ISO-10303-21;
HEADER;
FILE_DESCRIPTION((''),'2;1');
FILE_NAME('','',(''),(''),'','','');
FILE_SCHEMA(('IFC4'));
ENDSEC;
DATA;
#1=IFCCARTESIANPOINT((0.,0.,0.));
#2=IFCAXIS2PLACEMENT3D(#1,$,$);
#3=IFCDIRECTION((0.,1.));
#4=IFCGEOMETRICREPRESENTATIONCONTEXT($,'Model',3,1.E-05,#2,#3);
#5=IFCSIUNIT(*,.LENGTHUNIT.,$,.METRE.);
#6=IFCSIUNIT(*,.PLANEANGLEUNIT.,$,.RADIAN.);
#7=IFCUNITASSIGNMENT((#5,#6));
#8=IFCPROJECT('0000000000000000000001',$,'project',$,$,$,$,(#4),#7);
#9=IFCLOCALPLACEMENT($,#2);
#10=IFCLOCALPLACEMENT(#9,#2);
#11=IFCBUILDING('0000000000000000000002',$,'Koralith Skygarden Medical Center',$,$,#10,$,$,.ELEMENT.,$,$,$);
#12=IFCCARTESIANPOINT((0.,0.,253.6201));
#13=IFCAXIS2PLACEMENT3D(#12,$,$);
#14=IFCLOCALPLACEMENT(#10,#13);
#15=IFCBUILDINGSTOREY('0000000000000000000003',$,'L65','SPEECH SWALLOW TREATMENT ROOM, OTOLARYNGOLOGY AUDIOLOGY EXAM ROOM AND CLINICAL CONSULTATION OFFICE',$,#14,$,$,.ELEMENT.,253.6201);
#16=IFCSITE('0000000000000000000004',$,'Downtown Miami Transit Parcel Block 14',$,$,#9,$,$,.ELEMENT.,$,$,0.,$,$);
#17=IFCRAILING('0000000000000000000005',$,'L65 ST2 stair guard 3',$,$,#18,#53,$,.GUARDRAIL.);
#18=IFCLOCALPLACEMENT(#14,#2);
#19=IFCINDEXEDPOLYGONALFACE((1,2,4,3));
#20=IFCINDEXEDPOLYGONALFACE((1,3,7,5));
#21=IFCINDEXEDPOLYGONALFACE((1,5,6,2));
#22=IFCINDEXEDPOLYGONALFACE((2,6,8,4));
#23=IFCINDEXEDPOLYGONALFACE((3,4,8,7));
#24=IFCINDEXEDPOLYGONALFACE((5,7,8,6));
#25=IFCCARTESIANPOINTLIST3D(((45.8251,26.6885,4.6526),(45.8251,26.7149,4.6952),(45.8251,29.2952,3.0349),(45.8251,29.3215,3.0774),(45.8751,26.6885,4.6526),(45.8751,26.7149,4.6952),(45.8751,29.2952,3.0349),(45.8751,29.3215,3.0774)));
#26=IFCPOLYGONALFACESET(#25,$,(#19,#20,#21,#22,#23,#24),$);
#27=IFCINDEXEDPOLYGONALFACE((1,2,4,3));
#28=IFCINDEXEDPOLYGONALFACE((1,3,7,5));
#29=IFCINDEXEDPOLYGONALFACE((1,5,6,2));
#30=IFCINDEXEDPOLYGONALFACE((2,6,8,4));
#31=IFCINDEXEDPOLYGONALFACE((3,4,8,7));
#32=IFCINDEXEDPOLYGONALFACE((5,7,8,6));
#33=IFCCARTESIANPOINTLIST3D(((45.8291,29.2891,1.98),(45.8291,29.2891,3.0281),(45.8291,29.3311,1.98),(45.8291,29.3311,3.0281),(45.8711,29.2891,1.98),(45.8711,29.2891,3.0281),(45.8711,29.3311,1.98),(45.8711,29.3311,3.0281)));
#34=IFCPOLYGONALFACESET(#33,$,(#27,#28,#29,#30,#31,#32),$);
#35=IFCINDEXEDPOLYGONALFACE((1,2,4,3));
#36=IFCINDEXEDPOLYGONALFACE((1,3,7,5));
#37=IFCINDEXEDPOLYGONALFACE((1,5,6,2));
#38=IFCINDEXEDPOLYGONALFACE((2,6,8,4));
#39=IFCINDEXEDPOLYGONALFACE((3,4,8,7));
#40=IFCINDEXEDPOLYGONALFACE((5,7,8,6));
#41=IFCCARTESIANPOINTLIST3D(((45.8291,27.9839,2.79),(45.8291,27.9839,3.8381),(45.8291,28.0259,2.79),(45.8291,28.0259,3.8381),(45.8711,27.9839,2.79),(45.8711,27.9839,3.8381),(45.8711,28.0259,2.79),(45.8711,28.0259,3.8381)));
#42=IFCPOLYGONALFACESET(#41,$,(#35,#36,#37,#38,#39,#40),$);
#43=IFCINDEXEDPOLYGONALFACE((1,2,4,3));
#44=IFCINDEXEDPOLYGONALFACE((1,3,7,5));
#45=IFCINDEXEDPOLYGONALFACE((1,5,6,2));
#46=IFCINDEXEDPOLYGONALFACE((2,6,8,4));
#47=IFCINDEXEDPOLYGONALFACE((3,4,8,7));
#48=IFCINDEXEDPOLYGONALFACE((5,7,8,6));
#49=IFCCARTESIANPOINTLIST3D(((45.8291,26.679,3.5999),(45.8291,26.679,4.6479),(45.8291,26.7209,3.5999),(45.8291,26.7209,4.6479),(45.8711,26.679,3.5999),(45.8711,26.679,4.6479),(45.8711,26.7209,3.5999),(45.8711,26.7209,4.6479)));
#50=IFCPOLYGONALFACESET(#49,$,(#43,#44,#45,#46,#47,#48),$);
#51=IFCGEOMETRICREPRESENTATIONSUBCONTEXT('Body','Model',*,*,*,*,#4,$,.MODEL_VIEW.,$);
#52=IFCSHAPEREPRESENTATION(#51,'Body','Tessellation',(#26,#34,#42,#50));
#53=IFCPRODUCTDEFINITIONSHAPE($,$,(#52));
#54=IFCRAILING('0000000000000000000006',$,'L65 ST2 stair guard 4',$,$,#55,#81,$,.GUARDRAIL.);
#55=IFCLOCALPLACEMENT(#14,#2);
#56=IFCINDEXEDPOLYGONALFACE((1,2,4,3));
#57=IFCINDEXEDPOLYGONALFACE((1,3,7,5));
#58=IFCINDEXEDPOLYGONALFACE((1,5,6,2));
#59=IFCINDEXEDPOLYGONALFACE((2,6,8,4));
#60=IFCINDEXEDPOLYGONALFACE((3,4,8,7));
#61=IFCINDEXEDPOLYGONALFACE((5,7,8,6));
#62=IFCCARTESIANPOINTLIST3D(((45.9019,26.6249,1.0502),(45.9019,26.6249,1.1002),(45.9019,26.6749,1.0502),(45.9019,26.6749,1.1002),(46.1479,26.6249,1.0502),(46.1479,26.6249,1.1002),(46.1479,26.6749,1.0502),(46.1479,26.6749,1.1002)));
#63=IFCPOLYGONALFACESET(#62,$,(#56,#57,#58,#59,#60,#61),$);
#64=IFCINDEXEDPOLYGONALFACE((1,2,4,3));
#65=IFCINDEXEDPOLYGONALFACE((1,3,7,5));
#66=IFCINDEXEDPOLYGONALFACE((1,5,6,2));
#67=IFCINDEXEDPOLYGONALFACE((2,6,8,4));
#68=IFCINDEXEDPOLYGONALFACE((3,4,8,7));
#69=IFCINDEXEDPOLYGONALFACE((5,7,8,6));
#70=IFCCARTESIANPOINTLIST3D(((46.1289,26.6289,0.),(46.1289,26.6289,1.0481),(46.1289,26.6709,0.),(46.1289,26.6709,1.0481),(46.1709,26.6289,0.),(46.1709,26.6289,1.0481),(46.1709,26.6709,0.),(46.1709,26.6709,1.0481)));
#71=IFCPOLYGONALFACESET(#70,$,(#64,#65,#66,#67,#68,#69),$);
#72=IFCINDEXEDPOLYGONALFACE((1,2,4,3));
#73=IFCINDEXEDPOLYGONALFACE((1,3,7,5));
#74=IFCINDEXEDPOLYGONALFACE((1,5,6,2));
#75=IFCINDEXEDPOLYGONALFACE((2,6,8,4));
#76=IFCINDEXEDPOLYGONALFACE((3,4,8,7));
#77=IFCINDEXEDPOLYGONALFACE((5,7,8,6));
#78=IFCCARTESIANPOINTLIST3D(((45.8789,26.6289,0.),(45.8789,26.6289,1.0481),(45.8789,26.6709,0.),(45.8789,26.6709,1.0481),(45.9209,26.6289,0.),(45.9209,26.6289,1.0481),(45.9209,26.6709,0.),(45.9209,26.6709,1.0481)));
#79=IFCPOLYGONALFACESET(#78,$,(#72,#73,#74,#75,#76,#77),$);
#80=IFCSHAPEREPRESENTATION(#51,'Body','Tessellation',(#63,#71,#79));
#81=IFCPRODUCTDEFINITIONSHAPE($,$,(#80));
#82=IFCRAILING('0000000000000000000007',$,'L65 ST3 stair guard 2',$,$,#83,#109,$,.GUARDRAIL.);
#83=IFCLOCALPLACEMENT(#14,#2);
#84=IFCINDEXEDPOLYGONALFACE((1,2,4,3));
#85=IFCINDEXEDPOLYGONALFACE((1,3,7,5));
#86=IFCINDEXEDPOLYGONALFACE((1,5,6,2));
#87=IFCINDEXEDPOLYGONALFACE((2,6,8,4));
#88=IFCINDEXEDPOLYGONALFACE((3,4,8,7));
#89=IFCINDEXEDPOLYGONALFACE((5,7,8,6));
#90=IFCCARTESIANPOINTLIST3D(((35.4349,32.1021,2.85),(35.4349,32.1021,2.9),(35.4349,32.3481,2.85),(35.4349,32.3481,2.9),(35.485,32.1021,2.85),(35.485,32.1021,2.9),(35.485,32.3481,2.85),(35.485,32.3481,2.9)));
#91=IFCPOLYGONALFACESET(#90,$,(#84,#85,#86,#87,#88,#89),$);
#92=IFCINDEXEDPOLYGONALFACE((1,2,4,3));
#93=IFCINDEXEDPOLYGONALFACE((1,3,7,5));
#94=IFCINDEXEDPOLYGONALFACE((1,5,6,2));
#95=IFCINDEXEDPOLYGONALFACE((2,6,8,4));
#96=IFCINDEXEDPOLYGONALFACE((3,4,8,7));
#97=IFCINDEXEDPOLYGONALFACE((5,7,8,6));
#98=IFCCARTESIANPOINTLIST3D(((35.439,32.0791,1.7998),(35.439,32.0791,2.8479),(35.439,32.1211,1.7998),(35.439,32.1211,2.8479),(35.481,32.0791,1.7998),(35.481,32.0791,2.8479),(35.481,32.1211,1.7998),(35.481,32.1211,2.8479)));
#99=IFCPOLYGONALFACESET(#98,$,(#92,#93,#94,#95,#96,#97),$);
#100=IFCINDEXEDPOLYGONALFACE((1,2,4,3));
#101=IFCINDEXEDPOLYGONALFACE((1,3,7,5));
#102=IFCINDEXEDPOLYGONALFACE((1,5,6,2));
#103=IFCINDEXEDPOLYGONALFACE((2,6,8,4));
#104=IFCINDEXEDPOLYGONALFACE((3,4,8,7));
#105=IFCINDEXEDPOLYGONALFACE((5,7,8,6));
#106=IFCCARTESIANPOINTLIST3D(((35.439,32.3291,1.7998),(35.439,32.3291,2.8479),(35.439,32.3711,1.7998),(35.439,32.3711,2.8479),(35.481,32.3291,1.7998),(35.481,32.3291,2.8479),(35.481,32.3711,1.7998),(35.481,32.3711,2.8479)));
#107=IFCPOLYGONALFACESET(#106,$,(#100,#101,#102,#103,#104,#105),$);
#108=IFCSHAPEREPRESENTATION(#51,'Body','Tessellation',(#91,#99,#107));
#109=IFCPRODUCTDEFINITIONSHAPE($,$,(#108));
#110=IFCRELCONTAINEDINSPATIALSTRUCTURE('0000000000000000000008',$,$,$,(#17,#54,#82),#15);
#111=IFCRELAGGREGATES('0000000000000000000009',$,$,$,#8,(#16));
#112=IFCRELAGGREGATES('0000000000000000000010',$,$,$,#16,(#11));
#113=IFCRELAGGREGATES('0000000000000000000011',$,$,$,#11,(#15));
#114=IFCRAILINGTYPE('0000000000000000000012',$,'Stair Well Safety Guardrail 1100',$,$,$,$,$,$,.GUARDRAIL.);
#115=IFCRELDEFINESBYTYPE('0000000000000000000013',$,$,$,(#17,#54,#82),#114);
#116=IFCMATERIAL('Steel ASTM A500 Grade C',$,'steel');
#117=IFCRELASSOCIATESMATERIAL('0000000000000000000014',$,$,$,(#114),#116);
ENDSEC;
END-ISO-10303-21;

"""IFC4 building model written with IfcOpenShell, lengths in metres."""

from ifc_helpers import new_model, si_unit, direction, frame, origin, origin_2d, place, context, subcontext, project, spatial, rectangle, extrude, material, type_object, element, save


model = new_model("IFC4")

# Units and contexts
model_context = context("Model", 3, precision=1e-05, world=origin(), true_north=direction((0.0, 1.0)))
body_context = subcontext(model_context, "Body", "Model", "MODEL_VIEW")
ifc_project = project(units=[si_unit("LENGTHUNIT", "METRE"), si_unit("PLANEANGLEUNIT", "RADIAN")], contexts=[model_context])

# Site, building, storey
site_placement = place(None, origin())
site = spatial("IfcSite", under=ifc_project, at=site_placement, Name="Downtown Miami Transit Parcel Block 14", CompositionType="ELEMENT", RefElevation=0.0)
building_placement = place(site_placement, origin())
building = spatial("IfcBuilding", under=site, at=building_placement, Name="Koralith Skygarden Medical Center", CompositionType="ELEMENT")
storey_placement = place(building_placement, frame((0.0, 0.0, 253.6201)))
storey = spatial("IfcBuildingStorey", under=building, at=storey_placement, Name="L65", Description="SPEECH SWALLOW TREATMENT ROOM, OTOLARYNGOLOGY AUDIOLOGY EXAM ROOM AND CLINICAL CONSULTATION OFFICE", CompositionType="ELEMENT", Elevation=253.6201)

# Shared definitions
ifc_material_1 = material(Name="Steel ASTM A500 Grade C", Category="steel")

# Railings
railing_type_1 = type_object("IfcRailingType", Name="Stair Well Safety Guardrail 1100", PredefinedType="GUARDRAIL", material=ifc_material_1)
railing_1_placement = place(storey_placement, frame((45.8501, 29.3101, 1.98)))
element("IfcRailing", 1, at=railing_1_placement, inside=storey, type_object=railing_type_1, Name="L65 ST2 stair guard 3", PredefinedType="GUARDRAIL", context=body_context, shape_type="SweptSolid", body=[
    extrude(rectangle(XDim=0.05, YDim=0.05, at=origin_2d()), frame((0.0, -0.0017, 1.0762), z_axis=(0.0, -0.849668, 0.527317), x_axis=(1.0, 0.0, 0.0)), (0.0, 0.0, 1.0), 3.0679),
    extrude(rectangle(XDim=0.042, YDim=0.042, at=origin_2d()), origin(), (0.0, 0.0, 1.0), 1.0481),
    extrude(rectangle(XDim=0.042, YDim=0.042, at=origin_2d()), frame((0.0, -1.3052, 0.8101)), (0.0, 0.0, 1.0), 1.0481),
    extrude(rectangle(XDim=0.042, YDim=0.042, at=origin_2d()), frame((0.0, -2.6101, 1.6199)), (0.0, 0.0, 1.0), 1.0481),
])
railing_2_placement = place(storey_placement, frame((46.1499, 26.6499, 0.0)))
element("IfcRailing", 2, at=railing_2_placement, inside=storey, type_object=railing_type_1, Name="L65 ST2 stair guard 4", PredefinedType="GUARDRAIL", context=body_context, shape_type="SweptSolid", body=[
    extrude(rectangle(XDim=0.05, YDim=0.05, at=origin_2d()), frame((-0.002, 0.0, 1.0752), z_axis=(-1.0, 0.0, 0.0), x_axis=(0.0, -1.0, 0.0)), (0.0, 0.0, 1.0), 0.2461),
    extrude(rectangle(XDim=0.042, YDim=0.042, at=origin_2d()), origin(), (0.0, 0.0, 1.0), 1.0481),
    extrude(rectangle(XDim=0.042, YDim=0.042, at=origin_2d()), frame((-0.25, 0.0, 0.0)), (0.0, 0.0, 1.0), 1.0481),
])
railing_3_placement = place(storey_placement, frame((35.46, 32.1001, 1.7998)))
element("IfcRailing", 3, at=railing_3_placement, inside=storey, type_object=railing_type_1, Name="L65 ST3 stair guard 2", PredefinedType="GUARDRAIL", context=body_context, shape_type="SweptSolid", body=[
    extrude(rectangle(XDim=0.05, YDim=0.05, at=origin_2d()), frame((0.0, 0.002, 1.0752), z_axis=(0.0, 1.0, 0.0), x_axis=(-1.0, 0.0, 0.0)), (0.0, 0.0, 1.0), 0.2461),
    extrude(rectangle(XDim=0.042, YDim=0.042, at=origin_2d()), origin(), (0.0, 0.0, 1.0), 1.0481),
    extrude(rectangle(XDim=0.042, YDim=0.042, at=origin_2d()), frame((0.0, 0.25, 0.0)), (0.0, 0.0, 1.0), 1.0481),
])

save(model, "model.ifc")
